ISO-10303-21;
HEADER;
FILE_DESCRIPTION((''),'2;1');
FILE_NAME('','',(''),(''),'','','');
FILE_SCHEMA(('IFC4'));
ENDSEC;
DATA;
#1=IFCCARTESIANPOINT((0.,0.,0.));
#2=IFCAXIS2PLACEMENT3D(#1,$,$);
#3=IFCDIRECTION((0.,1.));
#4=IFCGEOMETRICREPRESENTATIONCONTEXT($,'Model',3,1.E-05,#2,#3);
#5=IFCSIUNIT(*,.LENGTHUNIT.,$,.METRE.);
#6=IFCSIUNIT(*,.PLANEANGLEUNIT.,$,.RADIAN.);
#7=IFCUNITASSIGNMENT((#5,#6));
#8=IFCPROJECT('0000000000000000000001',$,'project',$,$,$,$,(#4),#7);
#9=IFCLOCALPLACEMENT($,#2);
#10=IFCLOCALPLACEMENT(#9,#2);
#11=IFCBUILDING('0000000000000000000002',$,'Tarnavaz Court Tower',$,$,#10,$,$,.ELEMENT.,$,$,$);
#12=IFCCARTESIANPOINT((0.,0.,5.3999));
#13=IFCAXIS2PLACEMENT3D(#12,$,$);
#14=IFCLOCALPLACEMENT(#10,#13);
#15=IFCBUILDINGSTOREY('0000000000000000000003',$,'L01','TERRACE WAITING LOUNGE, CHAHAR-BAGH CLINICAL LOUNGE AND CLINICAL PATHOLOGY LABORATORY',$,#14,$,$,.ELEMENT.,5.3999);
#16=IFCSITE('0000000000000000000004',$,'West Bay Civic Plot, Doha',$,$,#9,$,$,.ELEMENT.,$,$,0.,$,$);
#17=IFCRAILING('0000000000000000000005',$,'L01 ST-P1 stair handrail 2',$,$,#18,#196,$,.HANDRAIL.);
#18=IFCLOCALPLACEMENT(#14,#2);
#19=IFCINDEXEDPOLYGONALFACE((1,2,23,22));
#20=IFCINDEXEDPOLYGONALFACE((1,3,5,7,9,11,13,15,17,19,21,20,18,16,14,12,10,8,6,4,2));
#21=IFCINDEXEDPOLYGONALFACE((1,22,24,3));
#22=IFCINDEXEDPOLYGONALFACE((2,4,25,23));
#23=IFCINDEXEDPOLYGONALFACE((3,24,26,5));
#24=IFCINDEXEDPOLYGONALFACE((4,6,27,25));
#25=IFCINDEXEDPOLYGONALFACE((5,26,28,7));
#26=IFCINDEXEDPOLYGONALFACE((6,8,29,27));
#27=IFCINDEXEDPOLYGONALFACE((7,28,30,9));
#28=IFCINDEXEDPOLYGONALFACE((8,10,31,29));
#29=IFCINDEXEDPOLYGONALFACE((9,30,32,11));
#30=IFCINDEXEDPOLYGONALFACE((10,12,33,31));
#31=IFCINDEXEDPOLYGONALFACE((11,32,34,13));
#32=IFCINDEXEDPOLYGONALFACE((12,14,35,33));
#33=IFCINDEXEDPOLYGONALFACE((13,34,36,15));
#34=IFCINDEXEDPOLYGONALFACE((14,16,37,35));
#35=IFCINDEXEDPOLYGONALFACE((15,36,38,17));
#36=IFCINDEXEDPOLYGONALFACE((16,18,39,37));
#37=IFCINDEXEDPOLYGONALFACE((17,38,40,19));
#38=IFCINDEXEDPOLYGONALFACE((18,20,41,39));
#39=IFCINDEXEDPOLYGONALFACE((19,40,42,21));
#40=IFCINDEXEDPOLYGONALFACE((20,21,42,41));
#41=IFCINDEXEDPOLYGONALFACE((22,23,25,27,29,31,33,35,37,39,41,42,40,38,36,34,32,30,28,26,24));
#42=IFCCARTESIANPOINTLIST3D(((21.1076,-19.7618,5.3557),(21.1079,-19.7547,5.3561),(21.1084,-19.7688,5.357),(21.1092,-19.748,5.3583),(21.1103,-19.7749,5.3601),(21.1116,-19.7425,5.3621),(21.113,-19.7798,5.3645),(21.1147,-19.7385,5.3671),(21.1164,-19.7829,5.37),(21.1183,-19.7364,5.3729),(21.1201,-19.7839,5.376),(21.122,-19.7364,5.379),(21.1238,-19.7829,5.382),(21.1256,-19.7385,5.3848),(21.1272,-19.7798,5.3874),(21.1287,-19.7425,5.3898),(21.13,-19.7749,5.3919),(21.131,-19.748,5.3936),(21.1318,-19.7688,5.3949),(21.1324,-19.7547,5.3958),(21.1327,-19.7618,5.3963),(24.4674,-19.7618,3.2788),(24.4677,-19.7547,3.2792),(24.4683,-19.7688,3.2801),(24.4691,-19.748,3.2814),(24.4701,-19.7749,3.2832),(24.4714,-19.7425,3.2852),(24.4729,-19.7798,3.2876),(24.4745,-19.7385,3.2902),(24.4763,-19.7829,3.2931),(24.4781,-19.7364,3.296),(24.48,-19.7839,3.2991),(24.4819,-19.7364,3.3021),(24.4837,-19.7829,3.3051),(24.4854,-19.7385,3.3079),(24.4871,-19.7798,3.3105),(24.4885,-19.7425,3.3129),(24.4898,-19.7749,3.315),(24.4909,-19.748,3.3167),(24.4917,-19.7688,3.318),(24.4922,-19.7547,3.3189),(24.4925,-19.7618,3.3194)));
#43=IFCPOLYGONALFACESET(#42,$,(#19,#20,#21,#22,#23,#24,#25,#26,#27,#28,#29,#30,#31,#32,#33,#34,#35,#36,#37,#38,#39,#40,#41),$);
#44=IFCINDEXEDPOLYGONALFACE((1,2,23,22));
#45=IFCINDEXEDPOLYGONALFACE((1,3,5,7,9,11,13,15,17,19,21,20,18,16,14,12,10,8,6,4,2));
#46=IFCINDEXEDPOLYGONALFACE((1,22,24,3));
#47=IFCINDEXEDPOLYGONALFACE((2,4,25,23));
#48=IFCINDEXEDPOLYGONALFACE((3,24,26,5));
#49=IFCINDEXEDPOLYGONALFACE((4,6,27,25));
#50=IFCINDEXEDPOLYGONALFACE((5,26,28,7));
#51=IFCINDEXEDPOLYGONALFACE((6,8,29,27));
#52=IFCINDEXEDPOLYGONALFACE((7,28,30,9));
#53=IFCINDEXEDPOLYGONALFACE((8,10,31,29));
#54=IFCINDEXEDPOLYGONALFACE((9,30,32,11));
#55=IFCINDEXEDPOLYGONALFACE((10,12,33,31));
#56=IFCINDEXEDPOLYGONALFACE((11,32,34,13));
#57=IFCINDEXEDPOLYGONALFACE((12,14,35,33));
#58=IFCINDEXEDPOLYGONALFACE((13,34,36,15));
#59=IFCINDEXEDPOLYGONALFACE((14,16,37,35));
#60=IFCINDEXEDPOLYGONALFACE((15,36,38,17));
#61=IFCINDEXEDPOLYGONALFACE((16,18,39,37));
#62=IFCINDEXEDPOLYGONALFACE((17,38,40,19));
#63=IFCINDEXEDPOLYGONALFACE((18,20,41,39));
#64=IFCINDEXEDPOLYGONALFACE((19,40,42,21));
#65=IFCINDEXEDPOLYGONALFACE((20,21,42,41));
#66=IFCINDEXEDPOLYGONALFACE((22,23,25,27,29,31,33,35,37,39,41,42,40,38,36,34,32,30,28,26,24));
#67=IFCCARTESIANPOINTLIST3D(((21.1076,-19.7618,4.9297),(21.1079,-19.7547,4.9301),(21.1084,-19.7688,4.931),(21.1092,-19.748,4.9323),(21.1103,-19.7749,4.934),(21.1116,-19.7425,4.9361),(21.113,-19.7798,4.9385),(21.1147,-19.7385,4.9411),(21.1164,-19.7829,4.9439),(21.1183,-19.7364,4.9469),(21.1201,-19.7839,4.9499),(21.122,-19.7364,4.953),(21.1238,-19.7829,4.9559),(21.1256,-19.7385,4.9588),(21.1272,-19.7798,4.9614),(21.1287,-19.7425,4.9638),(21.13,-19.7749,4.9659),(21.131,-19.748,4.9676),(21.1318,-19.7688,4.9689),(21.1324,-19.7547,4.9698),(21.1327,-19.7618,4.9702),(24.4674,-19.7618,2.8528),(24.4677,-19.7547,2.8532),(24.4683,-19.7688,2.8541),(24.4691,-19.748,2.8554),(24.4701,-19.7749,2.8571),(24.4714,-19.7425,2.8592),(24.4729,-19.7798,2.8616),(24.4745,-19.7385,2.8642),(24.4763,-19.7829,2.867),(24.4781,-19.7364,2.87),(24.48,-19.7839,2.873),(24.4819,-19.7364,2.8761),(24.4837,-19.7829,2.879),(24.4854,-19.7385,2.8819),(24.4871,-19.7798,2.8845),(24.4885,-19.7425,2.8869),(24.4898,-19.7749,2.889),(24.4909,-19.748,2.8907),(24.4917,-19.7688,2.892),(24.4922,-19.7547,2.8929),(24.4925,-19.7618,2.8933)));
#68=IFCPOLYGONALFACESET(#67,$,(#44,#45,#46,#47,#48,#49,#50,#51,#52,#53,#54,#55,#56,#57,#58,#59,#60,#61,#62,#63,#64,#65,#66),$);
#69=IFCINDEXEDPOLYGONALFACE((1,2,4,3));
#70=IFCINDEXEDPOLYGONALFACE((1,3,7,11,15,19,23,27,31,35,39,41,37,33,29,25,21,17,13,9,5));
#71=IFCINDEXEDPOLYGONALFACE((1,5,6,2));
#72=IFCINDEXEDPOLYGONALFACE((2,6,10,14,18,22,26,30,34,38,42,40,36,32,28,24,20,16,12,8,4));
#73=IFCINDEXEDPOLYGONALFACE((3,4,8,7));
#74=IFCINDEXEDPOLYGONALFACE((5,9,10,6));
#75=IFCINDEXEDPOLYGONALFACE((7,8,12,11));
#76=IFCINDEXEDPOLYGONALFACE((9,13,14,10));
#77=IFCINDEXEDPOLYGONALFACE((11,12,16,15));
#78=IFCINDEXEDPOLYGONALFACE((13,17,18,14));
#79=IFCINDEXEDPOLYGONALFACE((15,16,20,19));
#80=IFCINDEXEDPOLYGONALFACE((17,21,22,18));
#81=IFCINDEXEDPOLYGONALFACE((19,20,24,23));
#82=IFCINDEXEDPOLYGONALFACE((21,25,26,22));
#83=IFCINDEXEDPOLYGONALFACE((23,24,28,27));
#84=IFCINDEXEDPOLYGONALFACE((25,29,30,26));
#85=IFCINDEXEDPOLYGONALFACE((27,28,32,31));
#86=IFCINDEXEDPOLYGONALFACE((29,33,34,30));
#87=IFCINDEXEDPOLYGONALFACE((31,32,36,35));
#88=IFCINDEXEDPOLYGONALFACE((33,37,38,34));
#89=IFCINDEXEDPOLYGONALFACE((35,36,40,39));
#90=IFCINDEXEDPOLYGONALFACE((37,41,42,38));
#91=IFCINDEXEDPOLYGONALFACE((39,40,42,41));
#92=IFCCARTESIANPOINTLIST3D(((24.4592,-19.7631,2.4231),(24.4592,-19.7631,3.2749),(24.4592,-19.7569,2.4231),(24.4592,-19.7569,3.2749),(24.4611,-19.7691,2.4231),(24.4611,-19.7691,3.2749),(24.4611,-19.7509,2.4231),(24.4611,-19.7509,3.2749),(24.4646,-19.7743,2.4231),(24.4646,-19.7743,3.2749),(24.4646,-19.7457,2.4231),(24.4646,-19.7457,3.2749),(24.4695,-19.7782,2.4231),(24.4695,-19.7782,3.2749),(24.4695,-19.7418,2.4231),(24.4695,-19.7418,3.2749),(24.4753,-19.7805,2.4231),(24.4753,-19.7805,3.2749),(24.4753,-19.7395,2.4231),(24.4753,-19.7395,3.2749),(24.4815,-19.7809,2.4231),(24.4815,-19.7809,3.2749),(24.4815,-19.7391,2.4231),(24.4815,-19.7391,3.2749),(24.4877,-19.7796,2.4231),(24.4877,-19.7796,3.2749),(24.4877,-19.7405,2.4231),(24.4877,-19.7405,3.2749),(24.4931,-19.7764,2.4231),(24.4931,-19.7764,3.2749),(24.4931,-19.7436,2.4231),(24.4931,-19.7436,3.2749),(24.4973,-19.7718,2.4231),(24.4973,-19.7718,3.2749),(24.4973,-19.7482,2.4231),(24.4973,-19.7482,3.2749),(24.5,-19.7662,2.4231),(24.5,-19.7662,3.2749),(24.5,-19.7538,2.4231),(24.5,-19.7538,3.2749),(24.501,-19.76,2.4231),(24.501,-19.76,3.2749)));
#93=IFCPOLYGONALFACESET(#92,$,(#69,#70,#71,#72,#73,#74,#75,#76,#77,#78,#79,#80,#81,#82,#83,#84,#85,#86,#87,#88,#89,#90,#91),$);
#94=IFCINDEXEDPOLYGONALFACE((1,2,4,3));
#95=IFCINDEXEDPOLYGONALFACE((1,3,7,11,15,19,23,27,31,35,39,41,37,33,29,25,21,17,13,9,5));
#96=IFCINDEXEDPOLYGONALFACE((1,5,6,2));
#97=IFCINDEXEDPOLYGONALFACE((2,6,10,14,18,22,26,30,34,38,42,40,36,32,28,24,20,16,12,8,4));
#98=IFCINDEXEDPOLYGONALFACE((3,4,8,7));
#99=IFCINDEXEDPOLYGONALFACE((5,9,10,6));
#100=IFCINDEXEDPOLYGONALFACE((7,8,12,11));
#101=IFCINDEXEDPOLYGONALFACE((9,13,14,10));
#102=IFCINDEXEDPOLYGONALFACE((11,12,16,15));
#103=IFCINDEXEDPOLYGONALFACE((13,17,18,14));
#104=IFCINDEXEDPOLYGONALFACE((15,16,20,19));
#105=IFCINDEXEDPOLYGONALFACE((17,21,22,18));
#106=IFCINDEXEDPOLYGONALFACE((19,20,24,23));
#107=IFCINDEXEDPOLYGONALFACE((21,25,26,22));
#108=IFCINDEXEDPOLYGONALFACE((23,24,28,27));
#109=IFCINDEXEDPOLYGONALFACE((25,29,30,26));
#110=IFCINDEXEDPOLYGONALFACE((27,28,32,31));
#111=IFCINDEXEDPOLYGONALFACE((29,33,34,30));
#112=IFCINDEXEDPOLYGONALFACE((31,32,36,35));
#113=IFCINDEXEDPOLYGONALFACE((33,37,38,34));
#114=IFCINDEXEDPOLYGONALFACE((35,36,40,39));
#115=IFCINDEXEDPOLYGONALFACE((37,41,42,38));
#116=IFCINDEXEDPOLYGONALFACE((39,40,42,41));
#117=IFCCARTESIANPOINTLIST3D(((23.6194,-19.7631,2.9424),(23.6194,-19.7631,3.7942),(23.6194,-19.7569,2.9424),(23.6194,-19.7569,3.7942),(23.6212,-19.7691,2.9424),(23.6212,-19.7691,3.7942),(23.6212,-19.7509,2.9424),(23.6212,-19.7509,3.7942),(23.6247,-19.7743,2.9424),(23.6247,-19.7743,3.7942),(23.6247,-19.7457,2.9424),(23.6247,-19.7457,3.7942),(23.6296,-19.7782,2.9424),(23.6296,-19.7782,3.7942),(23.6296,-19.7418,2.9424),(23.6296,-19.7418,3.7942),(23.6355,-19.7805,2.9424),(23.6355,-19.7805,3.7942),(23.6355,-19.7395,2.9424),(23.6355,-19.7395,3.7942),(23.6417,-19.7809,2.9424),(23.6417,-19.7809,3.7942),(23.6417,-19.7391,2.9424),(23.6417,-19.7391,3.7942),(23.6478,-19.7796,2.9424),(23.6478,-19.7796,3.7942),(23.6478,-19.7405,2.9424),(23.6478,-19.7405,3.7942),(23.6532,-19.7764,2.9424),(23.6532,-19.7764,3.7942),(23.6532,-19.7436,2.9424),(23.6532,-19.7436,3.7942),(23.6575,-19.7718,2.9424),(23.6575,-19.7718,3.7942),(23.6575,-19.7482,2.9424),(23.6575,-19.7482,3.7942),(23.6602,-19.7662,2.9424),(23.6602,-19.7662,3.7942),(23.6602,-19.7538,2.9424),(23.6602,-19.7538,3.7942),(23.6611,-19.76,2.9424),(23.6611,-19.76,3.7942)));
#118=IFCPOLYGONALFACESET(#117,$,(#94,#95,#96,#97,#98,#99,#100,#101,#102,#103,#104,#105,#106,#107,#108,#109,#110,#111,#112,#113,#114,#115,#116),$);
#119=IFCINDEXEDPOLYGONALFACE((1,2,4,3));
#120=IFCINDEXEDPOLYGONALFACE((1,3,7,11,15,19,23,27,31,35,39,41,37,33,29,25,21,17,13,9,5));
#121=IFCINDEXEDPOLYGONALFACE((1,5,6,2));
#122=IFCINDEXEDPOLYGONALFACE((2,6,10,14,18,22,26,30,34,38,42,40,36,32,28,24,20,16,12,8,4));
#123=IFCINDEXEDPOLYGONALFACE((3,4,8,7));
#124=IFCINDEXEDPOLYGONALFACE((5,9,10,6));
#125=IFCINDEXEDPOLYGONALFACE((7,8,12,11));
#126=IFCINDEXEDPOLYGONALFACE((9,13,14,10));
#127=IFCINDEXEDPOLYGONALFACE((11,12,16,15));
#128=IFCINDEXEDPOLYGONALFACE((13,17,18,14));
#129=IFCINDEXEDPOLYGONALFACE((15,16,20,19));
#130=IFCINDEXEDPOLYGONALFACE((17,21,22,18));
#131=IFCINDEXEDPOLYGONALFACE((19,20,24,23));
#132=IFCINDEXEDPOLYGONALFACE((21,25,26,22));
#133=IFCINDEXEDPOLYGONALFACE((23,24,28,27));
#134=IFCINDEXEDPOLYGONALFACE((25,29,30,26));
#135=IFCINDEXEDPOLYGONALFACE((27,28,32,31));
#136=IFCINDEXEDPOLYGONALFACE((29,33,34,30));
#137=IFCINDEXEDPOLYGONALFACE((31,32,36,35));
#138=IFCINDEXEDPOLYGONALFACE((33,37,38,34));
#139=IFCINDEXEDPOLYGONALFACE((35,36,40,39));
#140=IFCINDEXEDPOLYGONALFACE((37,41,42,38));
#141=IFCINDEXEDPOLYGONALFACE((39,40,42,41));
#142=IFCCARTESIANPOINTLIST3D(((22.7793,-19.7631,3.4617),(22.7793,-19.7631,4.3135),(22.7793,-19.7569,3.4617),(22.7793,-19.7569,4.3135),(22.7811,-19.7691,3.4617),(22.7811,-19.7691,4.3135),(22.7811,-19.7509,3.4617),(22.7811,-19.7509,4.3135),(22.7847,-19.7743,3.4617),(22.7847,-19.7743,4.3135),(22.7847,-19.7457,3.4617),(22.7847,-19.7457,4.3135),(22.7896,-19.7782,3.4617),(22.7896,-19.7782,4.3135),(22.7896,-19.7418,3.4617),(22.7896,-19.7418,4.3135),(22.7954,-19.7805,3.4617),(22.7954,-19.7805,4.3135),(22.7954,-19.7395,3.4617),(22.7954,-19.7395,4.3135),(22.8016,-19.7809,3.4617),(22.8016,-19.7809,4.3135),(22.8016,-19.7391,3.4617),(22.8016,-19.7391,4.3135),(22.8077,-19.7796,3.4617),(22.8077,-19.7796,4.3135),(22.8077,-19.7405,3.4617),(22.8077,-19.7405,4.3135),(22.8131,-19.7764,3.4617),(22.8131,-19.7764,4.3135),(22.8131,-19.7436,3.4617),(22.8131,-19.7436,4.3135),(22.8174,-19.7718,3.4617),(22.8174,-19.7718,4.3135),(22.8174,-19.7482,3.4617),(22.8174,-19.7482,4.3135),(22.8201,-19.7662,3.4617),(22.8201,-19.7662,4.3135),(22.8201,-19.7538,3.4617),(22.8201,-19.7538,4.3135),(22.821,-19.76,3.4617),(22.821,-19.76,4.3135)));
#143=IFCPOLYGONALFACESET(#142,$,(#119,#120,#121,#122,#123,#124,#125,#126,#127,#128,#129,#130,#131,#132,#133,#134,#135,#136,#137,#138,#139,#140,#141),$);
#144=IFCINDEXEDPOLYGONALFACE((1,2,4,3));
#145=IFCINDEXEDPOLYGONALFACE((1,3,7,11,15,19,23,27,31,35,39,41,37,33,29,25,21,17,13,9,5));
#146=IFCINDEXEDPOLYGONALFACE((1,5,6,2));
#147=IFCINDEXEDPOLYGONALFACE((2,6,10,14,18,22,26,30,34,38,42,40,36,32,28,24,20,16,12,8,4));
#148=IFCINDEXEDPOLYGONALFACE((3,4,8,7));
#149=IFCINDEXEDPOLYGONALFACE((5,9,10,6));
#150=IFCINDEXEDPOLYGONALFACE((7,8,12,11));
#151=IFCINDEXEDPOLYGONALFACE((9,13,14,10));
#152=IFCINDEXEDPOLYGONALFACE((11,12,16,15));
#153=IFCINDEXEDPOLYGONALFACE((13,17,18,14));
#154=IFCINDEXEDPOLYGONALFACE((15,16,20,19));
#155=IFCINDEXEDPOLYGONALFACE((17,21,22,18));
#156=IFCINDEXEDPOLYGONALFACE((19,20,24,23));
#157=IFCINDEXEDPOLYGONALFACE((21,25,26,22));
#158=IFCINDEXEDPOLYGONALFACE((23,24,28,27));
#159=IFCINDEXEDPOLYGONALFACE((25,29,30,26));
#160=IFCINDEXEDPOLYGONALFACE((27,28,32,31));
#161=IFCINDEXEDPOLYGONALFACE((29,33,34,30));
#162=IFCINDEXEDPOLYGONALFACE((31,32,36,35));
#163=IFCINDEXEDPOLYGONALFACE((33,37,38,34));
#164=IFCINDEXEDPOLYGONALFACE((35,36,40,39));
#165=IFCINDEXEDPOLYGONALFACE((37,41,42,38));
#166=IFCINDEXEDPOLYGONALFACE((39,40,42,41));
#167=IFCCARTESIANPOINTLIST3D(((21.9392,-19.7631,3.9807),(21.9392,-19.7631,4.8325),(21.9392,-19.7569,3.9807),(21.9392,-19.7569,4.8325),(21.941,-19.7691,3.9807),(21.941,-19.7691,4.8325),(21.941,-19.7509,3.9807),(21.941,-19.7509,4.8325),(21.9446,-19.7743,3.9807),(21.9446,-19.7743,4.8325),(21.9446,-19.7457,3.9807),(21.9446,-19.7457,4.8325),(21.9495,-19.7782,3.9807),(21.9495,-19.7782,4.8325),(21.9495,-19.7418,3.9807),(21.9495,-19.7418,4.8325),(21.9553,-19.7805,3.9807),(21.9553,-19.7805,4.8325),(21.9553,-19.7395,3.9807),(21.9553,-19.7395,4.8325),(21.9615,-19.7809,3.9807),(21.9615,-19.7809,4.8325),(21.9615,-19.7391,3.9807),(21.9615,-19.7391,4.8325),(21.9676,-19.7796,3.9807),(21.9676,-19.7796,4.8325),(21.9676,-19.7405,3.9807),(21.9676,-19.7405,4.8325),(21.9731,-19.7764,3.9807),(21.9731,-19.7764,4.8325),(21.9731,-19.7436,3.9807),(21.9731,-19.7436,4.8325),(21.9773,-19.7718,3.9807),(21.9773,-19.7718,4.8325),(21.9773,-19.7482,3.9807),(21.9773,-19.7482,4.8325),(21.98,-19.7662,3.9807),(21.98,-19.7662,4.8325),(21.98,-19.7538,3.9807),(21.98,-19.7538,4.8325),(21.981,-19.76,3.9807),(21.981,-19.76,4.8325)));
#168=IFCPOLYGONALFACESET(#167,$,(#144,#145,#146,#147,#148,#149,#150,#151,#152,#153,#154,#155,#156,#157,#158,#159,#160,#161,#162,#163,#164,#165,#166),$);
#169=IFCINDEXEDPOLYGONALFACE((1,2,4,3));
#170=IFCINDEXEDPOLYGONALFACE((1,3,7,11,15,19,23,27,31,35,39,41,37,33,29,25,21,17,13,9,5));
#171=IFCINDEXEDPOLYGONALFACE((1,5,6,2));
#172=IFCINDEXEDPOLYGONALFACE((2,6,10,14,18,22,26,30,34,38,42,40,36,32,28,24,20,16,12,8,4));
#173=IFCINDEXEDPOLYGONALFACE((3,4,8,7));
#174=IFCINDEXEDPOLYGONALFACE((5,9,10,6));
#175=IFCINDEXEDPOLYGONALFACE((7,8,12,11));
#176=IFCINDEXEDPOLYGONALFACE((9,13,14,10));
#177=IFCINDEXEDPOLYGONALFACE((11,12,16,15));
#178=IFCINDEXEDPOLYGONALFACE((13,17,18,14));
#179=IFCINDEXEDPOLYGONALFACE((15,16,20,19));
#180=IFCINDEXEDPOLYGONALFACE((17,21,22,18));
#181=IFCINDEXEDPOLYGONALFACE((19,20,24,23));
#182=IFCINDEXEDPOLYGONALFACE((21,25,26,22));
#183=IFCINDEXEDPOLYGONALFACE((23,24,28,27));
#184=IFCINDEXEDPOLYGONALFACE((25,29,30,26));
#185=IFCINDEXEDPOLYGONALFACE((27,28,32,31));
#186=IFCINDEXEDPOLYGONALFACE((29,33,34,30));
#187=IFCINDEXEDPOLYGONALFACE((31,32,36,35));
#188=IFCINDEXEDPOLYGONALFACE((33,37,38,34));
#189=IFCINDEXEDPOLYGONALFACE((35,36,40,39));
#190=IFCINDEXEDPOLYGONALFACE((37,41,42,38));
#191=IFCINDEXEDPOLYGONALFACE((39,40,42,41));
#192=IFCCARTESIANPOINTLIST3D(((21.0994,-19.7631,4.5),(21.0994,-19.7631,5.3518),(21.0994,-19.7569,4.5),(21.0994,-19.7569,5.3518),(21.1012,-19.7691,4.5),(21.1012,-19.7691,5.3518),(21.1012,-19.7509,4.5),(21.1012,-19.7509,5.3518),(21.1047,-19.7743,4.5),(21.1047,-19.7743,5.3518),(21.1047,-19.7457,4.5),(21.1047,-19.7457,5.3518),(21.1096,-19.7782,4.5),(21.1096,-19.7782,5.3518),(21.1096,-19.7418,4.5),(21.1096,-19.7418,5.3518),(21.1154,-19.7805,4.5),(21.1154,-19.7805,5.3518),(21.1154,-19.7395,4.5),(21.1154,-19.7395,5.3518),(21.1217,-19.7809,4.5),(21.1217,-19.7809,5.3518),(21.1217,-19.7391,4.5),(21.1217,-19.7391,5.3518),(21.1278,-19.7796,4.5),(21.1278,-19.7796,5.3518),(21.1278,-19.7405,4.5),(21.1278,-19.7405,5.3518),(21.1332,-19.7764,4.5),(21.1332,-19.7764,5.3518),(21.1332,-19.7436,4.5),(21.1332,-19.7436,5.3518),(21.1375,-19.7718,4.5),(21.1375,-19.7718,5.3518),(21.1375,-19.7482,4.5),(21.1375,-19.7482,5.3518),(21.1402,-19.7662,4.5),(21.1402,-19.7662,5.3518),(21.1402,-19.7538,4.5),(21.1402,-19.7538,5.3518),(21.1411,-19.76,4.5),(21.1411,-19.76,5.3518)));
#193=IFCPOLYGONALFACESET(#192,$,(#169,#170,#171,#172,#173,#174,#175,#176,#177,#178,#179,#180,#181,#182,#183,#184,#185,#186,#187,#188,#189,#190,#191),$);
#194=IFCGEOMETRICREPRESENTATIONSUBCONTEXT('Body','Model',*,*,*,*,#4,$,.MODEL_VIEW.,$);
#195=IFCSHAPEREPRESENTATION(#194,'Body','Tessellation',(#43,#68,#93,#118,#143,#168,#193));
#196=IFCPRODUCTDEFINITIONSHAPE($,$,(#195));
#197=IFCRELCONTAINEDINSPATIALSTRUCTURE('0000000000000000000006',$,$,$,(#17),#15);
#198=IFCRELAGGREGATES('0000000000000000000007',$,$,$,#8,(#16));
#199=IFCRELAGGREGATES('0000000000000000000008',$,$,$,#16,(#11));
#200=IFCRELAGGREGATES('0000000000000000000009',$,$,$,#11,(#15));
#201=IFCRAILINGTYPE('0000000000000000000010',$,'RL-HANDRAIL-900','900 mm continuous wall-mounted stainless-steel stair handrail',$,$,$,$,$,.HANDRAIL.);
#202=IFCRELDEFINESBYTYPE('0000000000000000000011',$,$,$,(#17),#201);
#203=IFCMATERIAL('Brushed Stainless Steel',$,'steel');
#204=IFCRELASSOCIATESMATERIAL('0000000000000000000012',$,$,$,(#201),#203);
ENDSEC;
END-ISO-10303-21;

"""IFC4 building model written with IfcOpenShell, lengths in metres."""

from ifc_helpers import new_model, si_unit, direction, frame, origin, origin_2d, place, context, subcontext, project, spatial, circle, extrude, material, type_object, element, save


model = new_model("IFC4")

# Units and contexts
model_context = context("Model", 3, precision=1e-05, world=origin(), true_north=direction((0.0, 1.0)))
body_context = subcontext(model_context, "Body", "Model", "MODEL_VIEW")
ifc_project = project(units=[si_unit("LENGTHUNIT", "METRE"), si_unit("PLANEANGLEUNIT", "RADIAN")], contexts=[model_context])

# Site, building, storey
site_placement = place(None, origin())
site = spatial("IfcSite", under=ifc_project, at=site_placement, Name="West Bay Civic Plot, Doha", CompositionType="ELEMENT", RefElevation=0.0)
building_placement = place(site_placement, origin())
building = spatial("IfcBuilding", under=site, at=building_placement, Name="Tarnavaz Court Tower", CompositionType="ELEMENT")
storey_placement = place(building_placement, frame((0.0, 0.0, 5.3999)))
storey = spatial("IfcBuildingStorey", under=building, at=storey_placement, Name="L01", Description="TERRACE WAITING LOUNGE, CHAHAR-BAGH CLINICAL LOUNGE AND CLINICAL PATHOLOGY LABORATORY", CompositionType="ELEMENT", Elevation=5.3999)

# Railing
ifc_material_1 = material(Name="Brushed Stainless Steel", Category="steel")
railing_type_1 = type_object("IfcRailingType", Name="RL-HANDRAIL-900", Description="900 mm continuous wall-mounted stainless-steel stair handrail", PredefinedType="HANDRAIL", material=ifc_material_1)
railing_1_placement = place(storey_placement, frame((24.48, -19.76, 2.4231)))
element("IfcRailing", 1, at=railing_1_placement, inside=storey, type_object=railing_type_1, Name="L01 ST-P1 stair handrail 2", PredefinedType="HANDRAIL", context=body_context, shape_type="SweptSolid", body=[
    extrude(circle(Radius=0.0239, at=origin_2d()), frame((0.0, 0.0, 0.876), z_axis=(-0.850606, 0.0, 0.525803), x_axis=(0.0, -1.0, 0.0)), (0.0, 0.0, 1.0), 3.95),
    extrude(circle(Radius=0.0239, at=origin_2d()), frame((0.0, 0.0, 0.45), z_axis=(-0.850606, 0.0, 0.525803), x_axis=(0.0, -1.0, 0.0)), (0.0, 0.0, 1.0), 3.95),
    extrude(circle(Radius=0.021, at=origin_2d()), origin(), (0.0, 0.0, 1.0), 0.8518),
    extrude(circle(Radius=0.021, at=origin_2d()), frame((-0.8398, 0.0, 0.5193)), (0.0, 0.0, 1.0), 0.8518),
    extrude(circle(Radius=0.021, at=origin_2d()), frame((-1.6799, 0.0, 1.0386)), (0.0, 0.0, 1.0), 0.8518),
    extrude(circle(Radius=0.021, at=origin_2d()), frame((-2.52, 0.0, 1.5576)), (0.0, 0.0, 1.0), 0.8518),
    extrude(circle(Radius=0.021, at=origin_2d()), frame((-3.3599, 0.0, 2.0769)), (0.0, 0.0, 1.0), 0.8518),
])

save(model, "model.ifc")
